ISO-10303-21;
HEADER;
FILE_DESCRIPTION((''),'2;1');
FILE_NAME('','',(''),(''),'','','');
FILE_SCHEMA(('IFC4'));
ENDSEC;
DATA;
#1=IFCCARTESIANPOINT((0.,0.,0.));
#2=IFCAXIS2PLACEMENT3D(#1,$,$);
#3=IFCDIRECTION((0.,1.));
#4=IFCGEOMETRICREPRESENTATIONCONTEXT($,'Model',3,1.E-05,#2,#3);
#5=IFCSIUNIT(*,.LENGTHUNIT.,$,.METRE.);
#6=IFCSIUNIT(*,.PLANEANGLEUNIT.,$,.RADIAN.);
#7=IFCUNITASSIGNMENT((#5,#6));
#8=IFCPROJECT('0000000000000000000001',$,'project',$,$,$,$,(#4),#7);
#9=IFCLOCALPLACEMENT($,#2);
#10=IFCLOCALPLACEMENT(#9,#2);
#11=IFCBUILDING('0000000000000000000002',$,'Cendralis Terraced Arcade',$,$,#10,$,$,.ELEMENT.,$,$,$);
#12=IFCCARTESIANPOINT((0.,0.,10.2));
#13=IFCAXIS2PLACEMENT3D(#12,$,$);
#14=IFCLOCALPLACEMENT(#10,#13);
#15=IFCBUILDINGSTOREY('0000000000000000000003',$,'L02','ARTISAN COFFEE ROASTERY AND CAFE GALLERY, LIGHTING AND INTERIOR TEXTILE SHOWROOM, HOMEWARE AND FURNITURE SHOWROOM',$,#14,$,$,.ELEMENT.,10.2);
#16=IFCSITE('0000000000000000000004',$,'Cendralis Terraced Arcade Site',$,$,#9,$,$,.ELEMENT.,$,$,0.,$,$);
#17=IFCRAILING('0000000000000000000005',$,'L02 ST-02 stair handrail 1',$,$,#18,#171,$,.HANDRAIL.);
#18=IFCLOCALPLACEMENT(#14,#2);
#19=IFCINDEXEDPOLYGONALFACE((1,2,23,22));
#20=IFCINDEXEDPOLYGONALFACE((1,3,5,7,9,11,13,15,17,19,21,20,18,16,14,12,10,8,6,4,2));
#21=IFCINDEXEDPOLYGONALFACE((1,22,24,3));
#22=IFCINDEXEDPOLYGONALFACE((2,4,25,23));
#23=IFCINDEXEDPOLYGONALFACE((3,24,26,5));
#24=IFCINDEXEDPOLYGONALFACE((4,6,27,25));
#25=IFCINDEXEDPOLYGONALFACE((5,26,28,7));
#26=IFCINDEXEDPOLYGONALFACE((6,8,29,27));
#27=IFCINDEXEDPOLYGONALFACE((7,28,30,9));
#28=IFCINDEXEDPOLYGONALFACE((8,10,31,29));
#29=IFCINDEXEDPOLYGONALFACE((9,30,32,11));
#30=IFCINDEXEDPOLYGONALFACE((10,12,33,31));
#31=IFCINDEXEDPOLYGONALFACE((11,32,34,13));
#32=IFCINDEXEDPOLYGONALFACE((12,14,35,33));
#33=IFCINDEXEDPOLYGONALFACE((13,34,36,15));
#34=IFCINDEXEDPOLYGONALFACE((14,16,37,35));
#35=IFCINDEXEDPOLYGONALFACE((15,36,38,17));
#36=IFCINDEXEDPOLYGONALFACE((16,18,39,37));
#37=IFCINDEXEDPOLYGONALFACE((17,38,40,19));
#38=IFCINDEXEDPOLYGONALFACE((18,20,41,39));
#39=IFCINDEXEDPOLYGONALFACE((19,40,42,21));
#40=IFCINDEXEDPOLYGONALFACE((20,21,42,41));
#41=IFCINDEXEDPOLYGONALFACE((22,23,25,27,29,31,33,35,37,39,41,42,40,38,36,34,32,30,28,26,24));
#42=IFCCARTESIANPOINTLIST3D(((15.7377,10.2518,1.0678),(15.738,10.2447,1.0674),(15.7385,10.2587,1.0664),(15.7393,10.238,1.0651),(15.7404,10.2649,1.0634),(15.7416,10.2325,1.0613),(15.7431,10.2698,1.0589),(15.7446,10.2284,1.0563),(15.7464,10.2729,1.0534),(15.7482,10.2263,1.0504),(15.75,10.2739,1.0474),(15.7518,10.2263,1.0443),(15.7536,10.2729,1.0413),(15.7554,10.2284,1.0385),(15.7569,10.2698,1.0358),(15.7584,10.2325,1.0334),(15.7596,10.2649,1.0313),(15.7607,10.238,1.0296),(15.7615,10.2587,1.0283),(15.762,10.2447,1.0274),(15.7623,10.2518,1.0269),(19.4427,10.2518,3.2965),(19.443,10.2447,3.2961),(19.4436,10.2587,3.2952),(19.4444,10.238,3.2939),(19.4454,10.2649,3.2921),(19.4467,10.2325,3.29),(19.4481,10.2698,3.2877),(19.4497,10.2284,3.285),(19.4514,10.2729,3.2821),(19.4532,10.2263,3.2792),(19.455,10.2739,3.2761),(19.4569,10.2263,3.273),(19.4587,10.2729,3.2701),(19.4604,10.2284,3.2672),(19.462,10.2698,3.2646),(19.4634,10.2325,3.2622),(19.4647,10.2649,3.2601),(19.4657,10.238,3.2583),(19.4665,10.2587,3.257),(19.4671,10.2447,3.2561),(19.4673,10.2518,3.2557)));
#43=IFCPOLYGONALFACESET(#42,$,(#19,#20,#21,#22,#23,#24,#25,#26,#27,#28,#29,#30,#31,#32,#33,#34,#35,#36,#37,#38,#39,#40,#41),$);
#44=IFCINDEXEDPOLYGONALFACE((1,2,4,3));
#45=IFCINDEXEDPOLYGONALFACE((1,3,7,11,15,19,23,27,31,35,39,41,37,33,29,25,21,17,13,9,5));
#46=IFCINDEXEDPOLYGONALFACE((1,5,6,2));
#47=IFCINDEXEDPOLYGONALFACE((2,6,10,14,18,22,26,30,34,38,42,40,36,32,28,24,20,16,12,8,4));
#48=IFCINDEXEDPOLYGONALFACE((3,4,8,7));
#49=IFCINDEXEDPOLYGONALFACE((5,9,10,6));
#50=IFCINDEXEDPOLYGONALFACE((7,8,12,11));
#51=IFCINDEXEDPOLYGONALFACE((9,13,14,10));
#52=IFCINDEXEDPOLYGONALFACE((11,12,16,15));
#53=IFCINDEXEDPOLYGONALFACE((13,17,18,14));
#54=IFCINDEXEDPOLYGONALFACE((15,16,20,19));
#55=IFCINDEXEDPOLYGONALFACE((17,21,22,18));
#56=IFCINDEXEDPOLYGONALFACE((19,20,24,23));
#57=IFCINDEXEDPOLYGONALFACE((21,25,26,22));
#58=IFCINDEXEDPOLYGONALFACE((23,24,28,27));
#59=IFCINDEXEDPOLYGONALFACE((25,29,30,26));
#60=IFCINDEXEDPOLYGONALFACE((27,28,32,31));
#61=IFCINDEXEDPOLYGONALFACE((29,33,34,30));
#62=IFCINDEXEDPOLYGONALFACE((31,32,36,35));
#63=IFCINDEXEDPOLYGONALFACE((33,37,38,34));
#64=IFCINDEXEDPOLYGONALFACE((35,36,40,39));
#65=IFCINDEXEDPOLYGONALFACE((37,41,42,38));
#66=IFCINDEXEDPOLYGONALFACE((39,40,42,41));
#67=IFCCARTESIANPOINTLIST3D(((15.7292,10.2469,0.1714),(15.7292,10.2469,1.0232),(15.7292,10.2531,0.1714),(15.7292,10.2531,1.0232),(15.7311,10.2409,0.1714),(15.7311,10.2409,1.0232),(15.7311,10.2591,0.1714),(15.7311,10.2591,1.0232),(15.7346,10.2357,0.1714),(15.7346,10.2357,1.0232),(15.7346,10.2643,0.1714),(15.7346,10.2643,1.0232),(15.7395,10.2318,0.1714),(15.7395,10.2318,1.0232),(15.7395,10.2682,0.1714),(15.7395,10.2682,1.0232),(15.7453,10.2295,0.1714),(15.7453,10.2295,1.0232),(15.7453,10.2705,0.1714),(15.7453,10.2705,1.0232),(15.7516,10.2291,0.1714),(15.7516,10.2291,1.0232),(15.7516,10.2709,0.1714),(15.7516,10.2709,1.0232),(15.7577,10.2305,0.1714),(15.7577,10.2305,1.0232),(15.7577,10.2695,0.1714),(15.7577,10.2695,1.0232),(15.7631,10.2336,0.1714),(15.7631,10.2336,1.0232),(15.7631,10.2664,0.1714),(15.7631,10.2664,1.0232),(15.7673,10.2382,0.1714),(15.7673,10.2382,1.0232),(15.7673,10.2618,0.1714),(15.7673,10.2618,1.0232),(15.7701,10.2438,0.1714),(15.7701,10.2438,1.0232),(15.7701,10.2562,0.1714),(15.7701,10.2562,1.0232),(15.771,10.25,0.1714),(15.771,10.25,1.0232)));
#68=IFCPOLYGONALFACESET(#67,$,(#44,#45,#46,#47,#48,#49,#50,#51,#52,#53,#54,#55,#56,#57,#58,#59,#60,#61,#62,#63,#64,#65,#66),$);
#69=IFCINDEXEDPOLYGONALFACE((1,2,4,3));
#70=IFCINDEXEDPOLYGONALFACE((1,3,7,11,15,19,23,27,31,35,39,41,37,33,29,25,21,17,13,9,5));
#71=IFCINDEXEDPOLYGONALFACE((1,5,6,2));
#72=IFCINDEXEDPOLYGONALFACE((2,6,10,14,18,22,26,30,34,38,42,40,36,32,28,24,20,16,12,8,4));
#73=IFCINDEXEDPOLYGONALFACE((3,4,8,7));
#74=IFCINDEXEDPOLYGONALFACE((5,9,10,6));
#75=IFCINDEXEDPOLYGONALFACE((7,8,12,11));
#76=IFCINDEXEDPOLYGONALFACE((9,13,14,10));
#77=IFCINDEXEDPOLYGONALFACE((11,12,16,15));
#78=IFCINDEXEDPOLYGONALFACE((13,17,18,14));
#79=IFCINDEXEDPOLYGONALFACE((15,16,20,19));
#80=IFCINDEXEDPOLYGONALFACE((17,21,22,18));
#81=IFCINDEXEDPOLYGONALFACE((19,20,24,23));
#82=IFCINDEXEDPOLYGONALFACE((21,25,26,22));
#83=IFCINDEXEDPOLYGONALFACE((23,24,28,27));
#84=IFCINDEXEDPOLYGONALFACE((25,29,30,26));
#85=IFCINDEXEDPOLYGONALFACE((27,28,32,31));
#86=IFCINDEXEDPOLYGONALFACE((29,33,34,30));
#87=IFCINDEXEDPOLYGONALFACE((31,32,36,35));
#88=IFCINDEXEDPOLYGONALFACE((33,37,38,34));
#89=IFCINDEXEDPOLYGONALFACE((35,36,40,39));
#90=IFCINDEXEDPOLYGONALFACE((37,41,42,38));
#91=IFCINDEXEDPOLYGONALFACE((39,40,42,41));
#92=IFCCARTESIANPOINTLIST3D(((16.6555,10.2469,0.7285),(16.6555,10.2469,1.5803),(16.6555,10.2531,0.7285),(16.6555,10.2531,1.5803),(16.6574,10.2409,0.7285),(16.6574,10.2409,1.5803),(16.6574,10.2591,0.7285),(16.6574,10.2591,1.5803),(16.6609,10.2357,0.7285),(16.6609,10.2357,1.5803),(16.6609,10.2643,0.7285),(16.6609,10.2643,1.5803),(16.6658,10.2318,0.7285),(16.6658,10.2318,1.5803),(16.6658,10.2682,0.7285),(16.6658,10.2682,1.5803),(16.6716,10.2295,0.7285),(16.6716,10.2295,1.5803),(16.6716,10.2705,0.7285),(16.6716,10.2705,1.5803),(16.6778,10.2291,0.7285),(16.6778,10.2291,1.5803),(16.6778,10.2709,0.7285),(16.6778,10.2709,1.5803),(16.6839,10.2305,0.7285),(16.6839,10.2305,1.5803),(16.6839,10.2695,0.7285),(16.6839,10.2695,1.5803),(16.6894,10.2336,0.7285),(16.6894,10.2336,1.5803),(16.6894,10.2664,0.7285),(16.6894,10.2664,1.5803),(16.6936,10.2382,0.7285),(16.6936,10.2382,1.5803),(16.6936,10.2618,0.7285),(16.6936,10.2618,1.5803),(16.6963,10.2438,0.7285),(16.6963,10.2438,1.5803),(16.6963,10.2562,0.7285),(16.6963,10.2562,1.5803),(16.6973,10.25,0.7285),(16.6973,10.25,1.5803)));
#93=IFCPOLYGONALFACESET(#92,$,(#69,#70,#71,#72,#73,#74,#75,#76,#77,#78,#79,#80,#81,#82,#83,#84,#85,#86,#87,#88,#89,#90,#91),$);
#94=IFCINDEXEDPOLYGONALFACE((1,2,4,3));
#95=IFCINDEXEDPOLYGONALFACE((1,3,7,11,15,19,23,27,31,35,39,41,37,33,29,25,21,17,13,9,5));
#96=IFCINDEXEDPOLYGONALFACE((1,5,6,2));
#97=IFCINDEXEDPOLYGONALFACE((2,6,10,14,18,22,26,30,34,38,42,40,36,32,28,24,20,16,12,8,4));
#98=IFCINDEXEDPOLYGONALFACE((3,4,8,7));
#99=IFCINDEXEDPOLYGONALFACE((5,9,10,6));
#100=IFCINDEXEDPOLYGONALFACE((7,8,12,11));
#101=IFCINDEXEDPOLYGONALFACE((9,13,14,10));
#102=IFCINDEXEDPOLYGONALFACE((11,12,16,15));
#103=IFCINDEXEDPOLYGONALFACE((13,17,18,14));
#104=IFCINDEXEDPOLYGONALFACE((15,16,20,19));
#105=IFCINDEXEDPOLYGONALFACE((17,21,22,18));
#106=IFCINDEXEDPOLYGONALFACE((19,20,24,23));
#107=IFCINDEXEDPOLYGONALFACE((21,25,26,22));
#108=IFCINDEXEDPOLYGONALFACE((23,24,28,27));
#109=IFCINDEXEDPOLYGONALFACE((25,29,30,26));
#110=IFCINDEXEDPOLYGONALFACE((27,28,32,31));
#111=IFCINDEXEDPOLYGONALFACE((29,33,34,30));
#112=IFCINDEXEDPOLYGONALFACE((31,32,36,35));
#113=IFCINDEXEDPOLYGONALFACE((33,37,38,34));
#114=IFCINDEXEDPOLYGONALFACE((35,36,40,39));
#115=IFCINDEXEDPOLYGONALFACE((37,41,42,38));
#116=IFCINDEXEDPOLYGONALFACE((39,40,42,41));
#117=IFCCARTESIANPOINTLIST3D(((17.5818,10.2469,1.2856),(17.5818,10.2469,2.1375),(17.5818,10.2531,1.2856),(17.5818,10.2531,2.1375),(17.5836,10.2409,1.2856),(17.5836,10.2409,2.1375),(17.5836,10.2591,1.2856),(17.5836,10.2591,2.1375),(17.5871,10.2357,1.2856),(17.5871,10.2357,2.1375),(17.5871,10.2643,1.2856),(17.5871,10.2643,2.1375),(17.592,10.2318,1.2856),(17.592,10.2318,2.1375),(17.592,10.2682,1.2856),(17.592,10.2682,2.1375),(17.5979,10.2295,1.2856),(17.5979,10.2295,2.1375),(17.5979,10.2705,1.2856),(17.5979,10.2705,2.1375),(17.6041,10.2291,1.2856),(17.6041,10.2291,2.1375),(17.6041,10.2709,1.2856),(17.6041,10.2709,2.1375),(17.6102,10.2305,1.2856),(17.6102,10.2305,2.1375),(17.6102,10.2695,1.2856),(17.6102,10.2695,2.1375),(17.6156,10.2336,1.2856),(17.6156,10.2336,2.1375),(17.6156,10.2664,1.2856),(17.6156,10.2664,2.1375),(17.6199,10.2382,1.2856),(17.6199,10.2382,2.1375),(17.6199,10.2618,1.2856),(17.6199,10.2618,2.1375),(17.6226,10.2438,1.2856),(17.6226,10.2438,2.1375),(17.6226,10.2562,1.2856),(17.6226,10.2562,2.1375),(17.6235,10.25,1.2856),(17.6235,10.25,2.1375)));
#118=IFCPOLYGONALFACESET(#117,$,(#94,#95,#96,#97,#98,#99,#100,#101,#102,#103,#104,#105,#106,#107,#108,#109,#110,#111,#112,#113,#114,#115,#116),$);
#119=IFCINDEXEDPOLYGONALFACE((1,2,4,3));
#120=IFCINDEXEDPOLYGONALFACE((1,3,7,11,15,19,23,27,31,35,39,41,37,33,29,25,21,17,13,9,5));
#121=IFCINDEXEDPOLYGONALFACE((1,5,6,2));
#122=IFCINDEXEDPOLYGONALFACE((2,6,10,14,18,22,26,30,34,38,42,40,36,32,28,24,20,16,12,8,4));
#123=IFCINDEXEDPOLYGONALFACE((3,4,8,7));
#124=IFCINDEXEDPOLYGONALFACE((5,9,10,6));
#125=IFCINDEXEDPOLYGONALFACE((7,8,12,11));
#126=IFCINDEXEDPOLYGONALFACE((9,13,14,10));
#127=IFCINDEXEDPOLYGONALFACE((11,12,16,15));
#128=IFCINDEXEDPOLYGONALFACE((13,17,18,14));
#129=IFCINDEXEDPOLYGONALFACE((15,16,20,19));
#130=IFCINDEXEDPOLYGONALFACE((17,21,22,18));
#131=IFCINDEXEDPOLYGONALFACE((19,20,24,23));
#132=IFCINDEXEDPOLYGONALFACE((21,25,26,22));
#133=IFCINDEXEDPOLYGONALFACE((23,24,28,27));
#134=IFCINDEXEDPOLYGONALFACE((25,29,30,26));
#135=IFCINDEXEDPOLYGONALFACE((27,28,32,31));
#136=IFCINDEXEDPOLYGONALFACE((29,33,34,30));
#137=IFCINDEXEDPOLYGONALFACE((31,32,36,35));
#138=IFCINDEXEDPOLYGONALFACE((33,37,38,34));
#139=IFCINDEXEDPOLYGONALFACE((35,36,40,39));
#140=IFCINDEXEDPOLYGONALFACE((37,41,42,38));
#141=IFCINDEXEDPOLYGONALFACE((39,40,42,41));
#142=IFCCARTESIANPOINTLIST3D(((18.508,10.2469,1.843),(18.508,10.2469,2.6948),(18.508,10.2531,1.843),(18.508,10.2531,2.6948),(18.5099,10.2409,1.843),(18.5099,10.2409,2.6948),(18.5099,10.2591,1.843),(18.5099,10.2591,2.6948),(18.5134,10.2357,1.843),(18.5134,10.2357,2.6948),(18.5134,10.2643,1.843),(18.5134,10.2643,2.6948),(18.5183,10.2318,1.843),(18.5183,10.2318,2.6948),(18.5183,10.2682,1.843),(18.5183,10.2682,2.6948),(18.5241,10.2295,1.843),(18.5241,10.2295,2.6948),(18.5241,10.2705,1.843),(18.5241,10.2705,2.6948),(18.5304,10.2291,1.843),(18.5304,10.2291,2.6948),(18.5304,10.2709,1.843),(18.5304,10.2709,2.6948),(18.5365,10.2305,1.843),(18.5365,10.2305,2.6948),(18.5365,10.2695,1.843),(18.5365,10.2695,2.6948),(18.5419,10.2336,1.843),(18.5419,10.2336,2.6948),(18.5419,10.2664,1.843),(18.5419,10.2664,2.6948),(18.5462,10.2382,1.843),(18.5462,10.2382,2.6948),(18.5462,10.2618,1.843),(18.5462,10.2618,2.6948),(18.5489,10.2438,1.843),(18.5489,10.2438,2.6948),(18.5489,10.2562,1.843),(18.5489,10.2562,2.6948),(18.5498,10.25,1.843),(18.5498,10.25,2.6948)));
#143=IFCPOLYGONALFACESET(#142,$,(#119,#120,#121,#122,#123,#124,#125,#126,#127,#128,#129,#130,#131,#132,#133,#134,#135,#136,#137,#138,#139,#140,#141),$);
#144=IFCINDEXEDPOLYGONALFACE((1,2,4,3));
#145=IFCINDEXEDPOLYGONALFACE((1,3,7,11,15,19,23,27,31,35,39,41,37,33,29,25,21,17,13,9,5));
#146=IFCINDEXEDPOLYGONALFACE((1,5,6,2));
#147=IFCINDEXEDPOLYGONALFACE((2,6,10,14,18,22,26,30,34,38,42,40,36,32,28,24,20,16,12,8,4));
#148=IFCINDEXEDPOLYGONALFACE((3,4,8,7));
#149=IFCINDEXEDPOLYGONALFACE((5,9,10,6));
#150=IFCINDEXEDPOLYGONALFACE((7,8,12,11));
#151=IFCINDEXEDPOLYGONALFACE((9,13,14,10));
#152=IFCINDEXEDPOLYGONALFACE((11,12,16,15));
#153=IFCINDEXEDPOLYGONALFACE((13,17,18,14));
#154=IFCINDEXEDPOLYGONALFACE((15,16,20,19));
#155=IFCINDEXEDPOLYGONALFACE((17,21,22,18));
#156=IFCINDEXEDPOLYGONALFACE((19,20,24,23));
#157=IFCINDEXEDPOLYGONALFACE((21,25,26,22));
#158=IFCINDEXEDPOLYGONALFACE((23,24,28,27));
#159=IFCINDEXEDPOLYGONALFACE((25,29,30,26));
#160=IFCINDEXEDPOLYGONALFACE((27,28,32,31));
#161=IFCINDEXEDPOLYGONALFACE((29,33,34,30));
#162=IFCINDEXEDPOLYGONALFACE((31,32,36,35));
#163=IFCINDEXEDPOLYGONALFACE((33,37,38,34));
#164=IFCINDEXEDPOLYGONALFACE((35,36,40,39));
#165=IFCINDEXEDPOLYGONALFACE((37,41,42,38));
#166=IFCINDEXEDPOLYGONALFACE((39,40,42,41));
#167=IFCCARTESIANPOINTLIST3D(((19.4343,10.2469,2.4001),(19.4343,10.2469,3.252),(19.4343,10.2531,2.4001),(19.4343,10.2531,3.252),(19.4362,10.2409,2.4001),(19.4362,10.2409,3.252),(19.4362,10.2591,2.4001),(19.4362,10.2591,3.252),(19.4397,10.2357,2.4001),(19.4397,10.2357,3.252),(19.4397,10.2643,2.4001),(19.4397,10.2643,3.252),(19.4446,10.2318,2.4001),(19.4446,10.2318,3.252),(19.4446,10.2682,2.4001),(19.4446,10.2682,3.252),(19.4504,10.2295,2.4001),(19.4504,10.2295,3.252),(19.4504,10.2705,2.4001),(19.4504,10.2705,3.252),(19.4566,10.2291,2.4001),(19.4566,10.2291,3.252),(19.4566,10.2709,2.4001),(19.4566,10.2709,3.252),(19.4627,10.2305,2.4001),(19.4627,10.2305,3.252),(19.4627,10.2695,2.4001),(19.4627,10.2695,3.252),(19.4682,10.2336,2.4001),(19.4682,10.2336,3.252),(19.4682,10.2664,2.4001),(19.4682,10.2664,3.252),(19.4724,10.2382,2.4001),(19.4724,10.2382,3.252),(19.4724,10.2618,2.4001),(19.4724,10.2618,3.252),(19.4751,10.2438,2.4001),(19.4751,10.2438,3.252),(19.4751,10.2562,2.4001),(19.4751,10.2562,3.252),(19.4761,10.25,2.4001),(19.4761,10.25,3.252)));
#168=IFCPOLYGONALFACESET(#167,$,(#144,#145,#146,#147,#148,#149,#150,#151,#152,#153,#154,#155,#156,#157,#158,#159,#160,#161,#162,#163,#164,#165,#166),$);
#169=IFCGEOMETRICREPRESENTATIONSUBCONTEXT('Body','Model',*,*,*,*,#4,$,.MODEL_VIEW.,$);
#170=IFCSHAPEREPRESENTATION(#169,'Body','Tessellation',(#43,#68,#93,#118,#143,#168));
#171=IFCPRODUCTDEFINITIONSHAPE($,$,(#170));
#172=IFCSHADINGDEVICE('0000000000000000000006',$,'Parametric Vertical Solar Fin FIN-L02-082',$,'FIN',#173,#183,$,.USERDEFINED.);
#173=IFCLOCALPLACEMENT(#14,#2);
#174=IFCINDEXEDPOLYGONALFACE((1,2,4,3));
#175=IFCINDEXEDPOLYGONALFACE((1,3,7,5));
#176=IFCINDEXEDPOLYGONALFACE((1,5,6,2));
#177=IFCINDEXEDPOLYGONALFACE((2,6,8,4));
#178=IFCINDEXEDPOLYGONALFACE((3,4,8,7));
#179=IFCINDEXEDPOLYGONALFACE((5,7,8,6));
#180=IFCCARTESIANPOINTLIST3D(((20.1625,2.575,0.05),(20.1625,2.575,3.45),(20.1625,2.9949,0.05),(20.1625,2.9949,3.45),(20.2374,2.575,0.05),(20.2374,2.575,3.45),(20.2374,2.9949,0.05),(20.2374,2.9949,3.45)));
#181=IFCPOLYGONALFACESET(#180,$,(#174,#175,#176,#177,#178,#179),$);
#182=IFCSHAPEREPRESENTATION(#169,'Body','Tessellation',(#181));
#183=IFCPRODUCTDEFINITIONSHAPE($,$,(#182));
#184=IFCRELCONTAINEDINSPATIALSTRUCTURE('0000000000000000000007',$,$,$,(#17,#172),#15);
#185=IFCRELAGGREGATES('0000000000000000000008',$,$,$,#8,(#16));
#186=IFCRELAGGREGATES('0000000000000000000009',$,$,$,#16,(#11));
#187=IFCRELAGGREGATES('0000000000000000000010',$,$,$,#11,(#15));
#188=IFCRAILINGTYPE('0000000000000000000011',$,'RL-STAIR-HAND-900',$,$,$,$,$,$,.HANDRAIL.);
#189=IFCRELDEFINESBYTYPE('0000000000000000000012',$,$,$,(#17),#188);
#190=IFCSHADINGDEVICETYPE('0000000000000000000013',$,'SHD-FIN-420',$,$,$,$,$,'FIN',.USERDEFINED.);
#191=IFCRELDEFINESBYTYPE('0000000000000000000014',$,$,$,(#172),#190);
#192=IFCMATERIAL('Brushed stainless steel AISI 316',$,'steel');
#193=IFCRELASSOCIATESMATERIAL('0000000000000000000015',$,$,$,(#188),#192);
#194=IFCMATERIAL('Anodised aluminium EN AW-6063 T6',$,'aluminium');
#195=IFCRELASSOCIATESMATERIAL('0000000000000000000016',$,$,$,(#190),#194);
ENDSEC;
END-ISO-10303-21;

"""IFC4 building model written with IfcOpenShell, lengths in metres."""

from ifc_helpers import new_model, si_unit, direction, frame, origin, origin_2d, place, context, subcontext, project, spatial, rectangle, circle, extrude, material, type_object, element, save


model = new_model("IFC4")

# Units and contexts
model_context = context("Model", 3, precision=1e-05, world=origin(), true_north=direction((0.0, 1.0)))
body_context = subcontext(model_context, "Body", "Model", "MODEL_VIEW")
ifc_project = project(units=[si_unit("LENGTHUNIT", "METRE"), si_unit("PLANEANGLEUNIT", "RADIAN")], contexts=[model_context])

# Site, building, storey
site_placement = place(None, origin())
site = spatial("IfcSite", under=ifc_project, at=site_placement, Name="Cendralis Terraced Arcade Site", CompositionType="ELEMENT", RefElevation=0.0)
building_placement = place(site_placement, origin())
building = spatial("IfcBuilding", under=site, at=building_placement, Name="Cendralis Terraced Arcade", CompositionType="ELEMENT")
storey_placement = place(building_placement, frame((0.0, 0.0, 10.2)))
storey = spatial("IfcBuildingStorey", under=building, at=storey_placement, Name="L02", Description="ARTISAN COFFEE ROASTERY AND CAFE GALLERY, LIGHTING AND INTERIOR TEXTILE SHOWROOM, HOMEWARE AND FURNITURE SHOWROOM", CompositionType="ELEMENT", Elevation=10.2)

# Shared definitions
ifc_material_1 = material(Name="Anodised aluminium EN AW-6063 T6", Category="aluminium")

# Railing
ifc_material_2 = material(Name="Brushed stainless steel AISI 316", Category="steel")
railing_type = type_object("IfcRailingType", Name="RL-STAIR-HAND-900", PredefinedType="HANDRAIL", material=ifc_material_2)
railing_placement = place(storey_placement, frame((15.75, 10.25, 0.1714)))
element("IfcRailing", 1, at=railing_placement, inside=storey, type_object=railing_type, Name="L02 ST-02 stair handrail 1", PredefinedType="HANDRAIL", context=body_context, shape_type="SweptSolid", body=[
    extrude(circle(Radius=0.0239, at=origin_2d()), frame((0.0, 0.0, 0.876), z_axis=(0.856909, 0.0, 0.515467), x_axis=(0.0, 1.0, 0.0)), (0.0, 0.0, 1.0), 4.3237),
    extrude(circle(Radius=0.021, at=origin_2d()), origin(), (0.0, 0.0, 1.0), 0.8518),
    extrude(circle(Radius=0.021, at=origin_2d()), frame((0.9263, 0.0, 0.5571)), (0.0, 0.0, 1.0), 0.8518),
    extrude(circle(Radius=0.021, at=origin_2d()), frame((1.8525, 0.0, 1.1143)), (0.0, 0.0, 1.0), 0.8518),
    extrude(circle(Radius=0.021, at=origin_2d()), frame((2.7788, 0.0, 1.6716)), (0.0, 0.0, 1.0), 0.8518),
    extrude(circle(Radius=0.021, at=origin_2d()), frame((3.7051, 0.0, 2.2288)), (0.0, 0.0, 1.0), 0.8518),
])

# Shading device
shading_device_type = type_object("IfcShadingDeviceType", Name="SHD-FIN-420", ElementType="FIN", PredefinedType="USERDEFINED", material=ifc_material_1)
shading_device_placement = place(storey_placement, frame((20.2, 2.7849, 0.05), z_axis=(0.0, 0.0, 1.0), x_axis=(-1.0, 0.0, 0.0)))
element("IfcShadingDevice", 2, at=shading_device_placement, inside=storey, type_object=shading_device_type, Name="Parametric Vertical Solar Fin FIN-L02-082", ObjectType="FIN", PredefinedType="USERDEFINED", context=body_context, shape_type="SweptSolid", body=[
    extrude(rectangle(XDim=0.075, YDim=0.4199, at=origin_2d()), origin(), (0.0, 0.0, 1.0), 3.3999),
])

save(model, "model.ifc")
